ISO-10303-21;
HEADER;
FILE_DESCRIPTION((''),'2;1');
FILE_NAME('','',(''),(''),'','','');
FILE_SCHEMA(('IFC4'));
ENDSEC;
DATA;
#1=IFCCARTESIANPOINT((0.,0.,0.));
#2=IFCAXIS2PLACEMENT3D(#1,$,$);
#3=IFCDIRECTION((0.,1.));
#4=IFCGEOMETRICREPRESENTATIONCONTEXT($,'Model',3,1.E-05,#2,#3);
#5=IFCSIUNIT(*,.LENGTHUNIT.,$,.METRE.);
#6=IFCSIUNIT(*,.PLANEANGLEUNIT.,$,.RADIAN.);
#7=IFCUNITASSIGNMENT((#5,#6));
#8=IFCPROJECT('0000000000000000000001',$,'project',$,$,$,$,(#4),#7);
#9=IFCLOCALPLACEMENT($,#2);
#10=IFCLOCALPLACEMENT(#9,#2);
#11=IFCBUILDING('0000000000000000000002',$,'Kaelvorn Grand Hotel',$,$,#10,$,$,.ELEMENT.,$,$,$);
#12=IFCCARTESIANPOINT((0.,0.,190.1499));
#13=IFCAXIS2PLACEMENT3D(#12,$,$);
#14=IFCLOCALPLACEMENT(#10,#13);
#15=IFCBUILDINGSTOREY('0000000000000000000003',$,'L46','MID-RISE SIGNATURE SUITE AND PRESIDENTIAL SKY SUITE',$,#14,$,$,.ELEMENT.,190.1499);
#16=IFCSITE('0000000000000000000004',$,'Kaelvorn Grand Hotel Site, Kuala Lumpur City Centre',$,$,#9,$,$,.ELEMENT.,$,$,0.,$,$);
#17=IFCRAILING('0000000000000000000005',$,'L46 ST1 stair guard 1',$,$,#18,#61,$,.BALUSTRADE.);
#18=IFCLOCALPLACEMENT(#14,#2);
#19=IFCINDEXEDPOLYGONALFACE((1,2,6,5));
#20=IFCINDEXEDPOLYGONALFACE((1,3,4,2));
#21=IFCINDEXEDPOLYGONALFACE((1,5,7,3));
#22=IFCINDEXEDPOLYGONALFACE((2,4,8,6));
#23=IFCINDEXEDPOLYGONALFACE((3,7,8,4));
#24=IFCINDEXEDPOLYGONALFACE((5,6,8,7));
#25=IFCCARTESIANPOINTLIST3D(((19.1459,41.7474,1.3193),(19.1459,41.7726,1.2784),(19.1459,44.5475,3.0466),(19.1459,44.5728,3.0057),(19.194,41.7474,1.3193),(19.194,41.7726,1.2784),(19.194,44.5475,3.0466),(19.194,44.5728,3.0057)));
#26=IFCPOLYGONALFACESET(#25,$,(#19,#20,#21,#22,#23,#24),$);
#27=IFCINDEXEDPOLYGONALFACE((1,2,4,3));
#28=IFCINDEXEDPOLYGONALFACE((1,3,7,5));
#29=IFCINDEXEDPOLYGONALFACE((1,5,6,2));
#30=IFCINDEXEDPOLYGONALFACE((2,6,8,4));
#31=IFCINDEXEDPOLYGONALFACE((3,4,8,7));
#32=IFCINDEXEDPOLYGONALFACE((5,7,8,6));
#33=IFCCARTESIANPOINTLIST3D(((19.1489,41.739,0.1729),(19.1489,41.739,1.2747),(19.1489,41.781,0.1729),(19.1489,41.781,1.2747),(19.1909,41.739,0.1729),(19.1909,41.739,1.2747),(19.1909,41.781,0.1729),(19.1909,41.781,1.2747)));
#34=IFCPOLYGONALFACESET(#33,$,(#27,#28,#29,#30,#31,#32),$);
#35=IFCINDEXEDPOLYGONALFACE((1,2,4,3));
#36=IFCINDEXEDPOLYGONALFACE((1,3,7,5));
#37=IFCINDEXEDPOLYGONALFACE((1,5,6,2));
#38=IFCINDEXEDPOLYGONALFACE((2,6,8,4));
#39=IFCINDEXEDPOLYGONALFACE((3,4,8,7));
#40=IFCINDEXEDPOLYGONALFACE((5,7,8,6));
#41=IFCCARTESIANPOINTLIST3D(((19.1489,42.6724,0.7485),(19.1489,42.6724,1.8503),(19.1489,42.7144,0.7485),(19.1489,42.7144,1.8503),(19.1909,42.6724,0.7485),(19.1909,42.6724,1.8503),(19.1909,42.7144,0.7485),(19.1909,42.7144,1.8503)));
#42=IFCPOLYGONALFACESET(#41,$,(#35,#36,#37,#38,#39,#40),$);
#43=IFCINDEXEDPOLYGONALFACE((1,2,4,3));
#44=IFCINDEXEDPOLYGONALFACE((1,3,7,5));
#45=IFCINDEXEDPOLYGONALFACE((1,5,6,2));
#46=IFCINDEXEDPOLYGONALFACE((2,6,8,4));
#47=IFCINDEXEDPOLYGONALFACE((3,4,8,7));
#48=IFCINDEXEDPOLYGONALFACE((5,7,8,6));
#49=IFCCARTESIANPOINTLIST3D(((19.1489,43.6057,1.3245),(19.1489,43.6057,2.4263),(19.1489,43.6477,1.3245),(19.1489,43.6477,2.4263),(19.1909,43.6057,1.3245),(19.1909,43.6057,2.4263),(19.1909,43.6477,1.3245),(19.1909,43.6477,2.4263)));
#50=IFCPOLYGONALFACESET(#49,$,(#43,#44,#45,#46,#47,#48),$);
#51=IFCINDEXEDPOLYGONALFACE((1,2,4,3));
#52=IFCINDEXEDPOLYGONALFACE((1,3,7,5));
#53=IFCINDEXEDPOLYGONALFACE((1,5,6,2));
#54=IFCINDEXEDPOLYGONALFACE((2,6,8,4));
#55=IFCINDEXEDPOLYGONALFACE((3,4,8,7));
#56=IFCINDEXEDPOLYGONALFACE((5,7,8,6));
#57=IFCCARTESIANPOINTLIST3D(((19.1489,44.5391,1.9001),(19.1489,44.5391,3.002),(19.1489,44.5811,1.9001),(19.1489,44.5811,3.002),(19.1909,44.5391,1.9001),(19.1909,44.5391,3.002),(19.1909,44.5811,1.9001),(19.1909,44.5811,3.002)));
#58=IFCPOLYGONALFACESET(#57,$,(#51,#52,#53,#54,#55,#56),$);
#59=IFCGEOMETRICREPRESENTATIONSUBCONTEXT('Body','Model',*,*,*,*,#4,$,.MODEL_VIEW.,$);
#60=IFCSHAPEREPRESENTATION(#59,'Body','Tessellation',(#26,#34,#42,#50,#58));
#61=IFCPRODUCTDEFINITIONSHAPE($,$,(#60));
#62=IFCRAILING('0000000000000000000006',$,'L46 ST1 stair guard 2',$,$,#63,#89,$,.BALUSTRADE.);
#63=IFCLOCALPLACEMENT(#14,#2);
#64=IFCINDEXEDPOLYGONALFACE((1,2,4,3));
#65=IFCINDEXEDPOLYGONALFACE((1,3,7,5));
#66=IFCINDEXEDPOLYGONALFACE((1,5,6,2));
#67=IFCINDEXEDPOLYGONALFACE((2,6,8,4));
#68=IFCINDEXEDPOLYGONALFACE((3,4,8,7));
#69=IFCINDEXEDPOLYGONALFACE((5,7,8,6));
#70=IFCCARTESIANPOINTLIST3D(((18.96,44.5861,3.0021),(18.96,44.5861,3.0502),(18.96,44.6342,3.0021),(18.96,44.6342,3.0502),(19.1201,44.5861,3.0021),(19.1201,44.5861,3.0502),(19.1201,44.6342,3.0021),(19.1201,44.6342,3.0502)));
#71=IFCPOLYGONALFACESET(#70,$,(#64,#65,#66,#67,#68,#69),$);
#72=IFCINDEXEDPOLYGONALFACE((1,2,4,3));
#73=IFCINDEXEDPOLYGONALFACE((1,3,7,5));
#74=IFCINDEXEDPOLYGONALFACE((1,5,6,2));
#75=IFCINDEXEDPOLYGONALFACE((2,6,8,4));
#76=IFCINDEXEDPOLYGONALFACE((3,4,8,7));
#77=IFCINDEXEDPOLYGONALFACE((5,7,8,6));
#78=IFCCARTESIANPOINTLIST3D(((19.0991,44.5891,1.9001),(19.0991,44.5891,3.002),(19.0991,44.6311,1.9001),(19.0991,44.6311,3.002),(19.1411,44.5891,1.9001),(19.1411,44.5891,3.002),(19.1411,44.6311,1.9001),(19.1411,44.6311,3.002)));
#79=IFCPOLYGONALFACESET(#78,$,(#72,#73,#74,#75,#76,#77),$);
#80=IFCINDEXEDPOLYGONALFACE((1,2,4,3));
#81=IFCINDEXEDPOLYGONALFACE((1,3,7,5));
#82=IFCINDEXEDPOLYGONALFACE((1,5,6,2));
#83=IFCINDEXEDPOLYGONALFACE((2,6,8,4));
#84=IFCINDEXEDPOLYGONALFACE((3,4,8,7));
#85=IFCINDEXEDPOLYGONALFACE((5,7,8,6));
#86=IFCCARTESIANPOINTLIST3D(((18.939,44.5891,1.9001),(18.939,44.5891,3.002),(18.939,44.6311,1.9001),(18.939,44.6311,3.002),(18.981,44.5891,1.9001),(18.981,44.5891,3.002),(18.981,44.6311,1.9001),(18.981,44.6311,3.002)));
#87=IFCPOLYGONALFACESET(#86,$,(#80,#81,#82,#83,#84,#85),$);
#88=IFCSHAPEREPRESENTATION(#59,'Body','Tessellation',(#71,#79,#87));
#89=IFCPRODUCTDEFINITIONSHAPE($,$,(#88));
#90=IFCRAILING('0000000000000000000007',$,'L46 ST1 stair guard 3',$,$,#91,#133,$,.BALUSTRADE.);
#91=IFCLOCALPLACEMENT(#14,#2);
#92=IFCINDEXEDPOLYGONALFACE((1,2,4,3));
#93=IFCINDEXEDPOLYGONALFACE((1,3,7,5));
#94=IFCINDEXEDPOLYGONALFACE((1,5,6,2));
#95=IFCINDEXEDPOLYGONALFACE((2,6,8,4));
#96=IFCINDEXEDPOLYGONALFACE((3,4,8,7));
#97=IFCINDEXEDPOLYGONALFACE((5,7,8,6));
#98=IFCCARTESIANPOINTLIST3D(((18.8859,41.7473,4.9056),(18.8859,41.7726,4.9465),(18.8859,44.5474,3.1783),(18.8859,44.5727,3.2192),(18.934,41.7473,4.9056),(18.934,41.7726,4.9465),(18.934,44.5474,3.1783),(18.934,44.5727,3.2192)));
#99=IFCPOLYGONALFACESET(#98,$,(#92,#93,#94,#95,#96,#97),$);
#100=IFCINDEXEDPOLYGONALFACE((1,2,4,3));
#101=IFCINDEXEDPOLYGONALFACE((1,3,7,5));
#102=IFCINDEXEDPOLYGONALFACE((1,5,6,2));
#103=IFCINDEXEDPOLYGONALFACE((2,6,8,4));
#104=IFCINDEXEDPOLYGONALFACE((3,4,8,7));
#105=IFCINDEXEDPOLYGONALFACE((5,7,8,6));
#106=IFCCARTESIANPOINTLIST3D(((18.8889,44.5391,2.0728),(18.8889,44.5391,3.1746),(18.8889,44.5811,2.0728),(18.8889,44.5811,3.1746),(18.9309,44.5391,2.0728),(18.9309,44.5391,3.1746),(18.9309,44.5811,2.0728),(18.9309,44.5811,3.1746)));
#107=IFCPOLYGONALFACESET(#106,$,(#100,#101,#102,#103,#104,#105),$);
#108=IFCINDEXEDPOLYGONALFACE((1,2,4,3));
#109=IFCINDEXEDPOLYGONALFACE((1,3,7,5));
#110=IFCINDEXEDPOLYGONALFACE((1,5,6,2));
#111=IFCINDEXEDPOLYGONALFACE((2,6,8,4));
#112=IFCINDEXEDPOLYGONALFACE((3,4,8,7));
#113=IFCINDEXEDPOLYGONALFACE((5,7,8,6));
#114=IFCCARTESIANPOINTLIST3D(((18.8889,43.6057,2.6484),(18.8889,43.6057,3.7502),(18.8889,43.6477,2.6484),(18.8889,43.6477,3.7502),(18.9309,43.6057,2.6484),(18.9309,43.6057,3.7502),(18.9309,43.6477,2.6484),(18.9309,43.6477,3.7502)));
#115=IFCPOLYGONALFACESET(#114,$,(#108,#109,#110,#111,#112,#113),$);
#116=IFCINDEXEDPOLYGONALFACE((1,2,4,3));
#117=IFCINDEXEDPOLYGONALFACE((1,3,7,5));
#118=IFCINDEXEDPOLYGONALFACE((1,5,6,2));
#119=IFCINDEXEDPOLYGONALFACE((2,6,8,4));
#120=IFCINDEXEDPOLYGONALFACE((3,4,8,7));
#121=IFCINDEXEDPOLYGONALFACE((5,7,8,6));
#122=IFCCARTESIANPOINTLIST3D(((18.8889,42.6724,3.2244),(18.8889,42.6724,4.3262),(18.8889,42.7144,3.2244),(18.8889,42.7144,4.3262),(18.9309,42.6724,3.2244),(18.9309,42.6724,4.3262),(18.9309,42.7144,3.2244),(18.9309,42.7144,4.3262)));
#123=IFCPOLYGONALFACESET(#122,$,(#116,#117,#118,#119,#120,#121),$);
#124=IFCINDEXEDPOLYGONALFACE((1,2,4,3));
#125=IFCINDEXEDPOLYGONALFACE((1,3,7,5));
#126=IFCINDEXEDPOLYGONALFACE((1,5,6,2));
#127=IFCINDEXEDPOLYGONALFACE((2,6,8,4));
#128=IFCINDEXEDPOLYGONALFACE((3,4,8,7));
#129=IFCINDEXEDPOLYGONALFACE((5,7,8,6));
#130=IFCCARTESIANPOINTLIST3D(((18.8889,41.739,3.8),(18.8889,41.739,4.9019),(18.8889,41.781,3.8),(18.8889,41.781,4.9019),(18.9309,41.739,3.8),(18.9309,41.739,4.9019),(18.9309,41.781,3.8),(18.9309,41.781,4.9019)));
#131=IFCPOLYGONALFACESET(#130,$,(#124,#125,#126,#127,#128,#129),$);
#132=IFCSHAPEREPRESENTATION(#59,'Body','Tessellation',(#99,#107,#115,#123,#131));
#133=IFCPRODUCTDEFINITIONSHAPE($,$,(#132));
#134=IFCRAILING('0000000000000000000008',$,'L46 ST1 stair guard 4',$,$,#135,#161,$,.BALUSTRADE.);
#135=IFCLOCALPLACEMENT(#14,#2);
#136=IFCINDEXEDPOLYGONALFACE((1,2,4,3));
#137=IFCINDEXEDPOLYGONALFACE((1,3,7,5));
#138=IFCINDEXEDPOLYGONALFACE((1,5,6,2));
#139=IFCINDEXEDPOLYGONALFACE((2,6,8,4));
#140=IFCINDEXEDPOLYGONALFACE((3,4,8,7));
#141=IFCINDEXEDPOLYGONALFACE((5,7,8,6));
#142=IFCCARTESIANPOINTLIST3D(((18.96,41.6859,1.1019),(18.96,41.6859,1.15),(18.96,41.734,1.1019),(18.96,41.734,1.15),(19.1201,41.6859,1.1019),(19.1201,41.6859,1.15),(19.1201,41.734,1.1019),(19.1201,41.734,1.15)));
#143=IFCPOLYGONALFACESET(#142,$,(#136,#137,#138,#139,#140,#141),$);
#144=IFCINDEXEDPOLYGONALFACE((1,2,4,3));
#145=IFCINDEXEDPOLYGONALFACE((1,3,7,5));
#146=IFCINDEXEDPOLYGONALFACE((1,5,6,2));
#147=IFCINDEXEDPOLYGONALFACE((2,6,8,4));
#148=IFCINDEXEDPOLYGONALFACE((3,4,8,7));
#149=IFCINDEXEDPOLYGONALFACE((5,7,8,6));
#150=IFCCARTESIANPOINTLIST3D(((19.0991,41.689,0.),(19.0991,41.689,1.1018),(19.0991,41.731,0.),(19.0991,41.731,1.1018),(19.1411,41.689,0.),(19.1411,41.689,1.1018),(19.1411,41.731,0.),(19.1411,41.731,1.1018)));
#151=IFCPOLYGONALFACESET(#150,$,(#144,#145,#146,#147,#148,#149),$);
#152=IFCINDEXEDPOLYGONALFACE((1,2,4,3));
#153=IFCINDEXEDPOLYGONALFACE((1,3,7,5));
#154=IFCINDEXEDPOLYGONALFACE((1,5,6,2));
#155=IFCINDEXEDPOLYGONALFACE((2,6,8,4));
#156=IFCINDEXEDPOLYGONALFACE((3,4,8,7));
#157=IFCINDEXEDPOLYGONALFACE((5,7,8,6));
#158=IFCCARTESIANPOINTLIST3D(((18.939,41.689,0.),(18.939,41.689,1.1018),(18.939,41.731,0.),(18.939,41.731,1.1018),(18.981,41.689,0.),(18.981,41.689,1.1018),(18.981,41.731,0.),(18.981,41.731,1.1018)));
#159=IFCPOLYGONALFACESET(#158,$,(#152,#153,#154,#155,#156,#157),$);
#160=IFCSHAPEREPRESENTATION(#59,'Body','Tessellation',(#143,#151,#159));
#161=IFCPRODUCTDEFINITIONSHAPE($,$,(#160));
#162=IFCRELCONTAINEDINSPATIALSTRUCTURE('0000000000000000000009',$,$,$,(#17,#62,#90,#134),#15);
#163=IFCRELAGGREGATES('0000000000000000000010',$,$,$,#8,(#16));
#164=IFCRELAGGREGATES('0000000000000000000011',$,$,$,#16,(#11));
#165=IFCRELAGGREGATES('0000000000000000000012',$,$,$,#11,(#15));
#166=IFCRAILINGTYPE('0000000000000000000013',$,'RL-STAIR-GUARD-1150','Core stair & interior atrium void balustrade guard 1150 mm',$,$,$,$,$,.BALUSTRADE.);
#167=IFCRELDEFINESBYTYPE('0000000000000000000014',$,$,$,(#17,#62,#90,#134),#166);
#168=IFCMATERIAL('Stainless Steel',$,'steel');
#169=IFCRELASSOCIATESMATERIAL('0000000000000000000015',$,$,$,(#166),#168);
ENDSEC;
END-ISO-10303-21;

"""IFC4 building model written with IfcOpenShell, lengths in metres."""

from ifc_helpers import new_model, si_unit, direction, frame, origin, origin_2d, place, context, subcontext, project, spatial, rectangle, extrude, material, type_object, element, save


model = new_model("IFC4")

# Units and contexts
model_context = context("Model", 3, precision=1e-05, world=origin(), true_north=direction((0.0, 1.0)))
body_context = subcontext(model_context, "Body", "Model", "MODEL_VIEW")
ifc_project = project(units=[si_unit("LENGTHUNIT", "METRE"), si_unit("PLANEANGLEUNIT", "RADIAN")], contexts=[model_context])

# Site, building, storey
site_placement = place(None, origin())
site = spatial("IfcSite", under=ifc_project, at=site_placement, Name="Kaelvorn Grand Hotel Site, Kuala Lumpur City Centre", CompositionType="ELEMENT", RefElevation=0.0)
building_placement = place(site_placement, origin())
building = spatial("IfcBuilding", under=site, at=building_placement, Name="Kaelvorn Grand Hotel", CompositionType="ELEMENT")
storey_placement = place(building_placement, frame((0.0, 0.0, 190.1499)))
storey = spatial("IfcBuildingStorey", under=building, at=storey_placement, Name="L46", Description="MID-RISE SIGNATURE SUITE AND PRESIDENTIAL SKY SUITE", CompositionType="ELEMENT", Elevation=190.1499)

# Railings
ifc_material_1 = material(Name="Stainless Steel", Category="steel")
railing_type_1 = type_object("IfcRailingType", Name="RL-STAIR-GUARD-1150", Description="Core stair & interior atrium void balustrade guard 1150 mm", PredefinedType="BALUSTRADE", material=ifc_material_1)
railing_1_placement = place(storey_placement, frame((19.1699, 41.76, 0.1729)))
element("IfcRailing", 1, at=railing_1_placement, inside=storey, type_object=railing_type_1, Name="L46 ST1 stair guard 1", PredefinedType="BALUSTRADE", context=body_context, shape_type="SweptSolid", body=[
    extrude(rectangle(XDim=0.0481, YDim=0.0481, at=origin_2d()), frame((0.0, 0.0, 1.126), z_axis=(0.0, 0.85109, 0.52502), x_axis=(-1.0, 0.0, 0.0)), (0.0, 0.0, 1.0), 3.29),
    extrude(rectangle(XDim=0.042, YDim=0.042, at=origin_2d()), origin(), (0.0, 0.0, 1.0), 1.1018),
    extrude(rectangle(XDim=0.042, YDim=0.042, at=origin_2d()), frame((0.0, 0.9333, 0.5757)), (0.0, 0.0, 1.0), 1.1018),
    extrude(rectangle(XDim=0.042, YDim=0.042, at=origin_2d()), frame((0.0, 1.8667, 1.1516)), (0.0, 0.0, 1.0), 1.1018),
    extrude(rectangle(XDim=0.042, YDim=0.042, at=origin_2d()), frame((0.0, 2.8, 1.7273)), (0.0, 0.0, 1.0), 1.1018),
])
railing_2_placement = place(storey_placement, frame((19.1201, 44.6101, 1.9001)))
element("IfcRailing", 2, at=railing_2_placement, inside=storey, type_object=railing_type_1, Name="L46 ST1 stair guard 2", PredefinedType="BALUSTRADE", context=body_context, shape_type="SweptSolid", body=[
    extrude(rectangle(XDim=0.0481, YDim=0.0481, at=origin_2d()), frame((0.0, 0.0, 1.126), z_axis=(-1.0, 0.0, 0.0), x_axis=(0.0, -1.0, 0.0)), (0.0, 0.0, 1.0), 0.1602),
    extrude(rectangle(XDim=0.042, YDim=0.042, at=origin_2d()), origin(), (0.0, 0.0, 1.0), 1.1018),
    extrude(rectangle(XDim=0.042, YDim=0.042, at=origin_2d()), frame((-0.1602, 0.0, 0.0)), (0.0, 0.0, 1.0), 1.1018),
])
railing_3_placement = place(storey_placement, frame((18.9099, 44.5601, 2.0728)))
element("IfcRailing", 3, at=railing_3_placement, inside=storey, type_object=railing_type_1, Name="L46 ST1 stair guard 3", PredefinedType="BALUSTRADE", context=body_context, shape_type="SweptSolid", body=[
    extrude(rectangle(XDim=0.0481, YDim=0.0481, at=origin_2d()), frame((0.0, 0.0, 1.126), z_axis=(0.0, -0.85109, 0.52502), x_axis=(1.0, 0.0, 0.0)), (0.0, 0.0, 1.0), 3.29),
    extrude(rectangle(XDim=0.042, YDim=0.042, at=origin_2d()), origin(), (0.0, 0.0, 1.0), 1.1018),
    extrude(rectangle(XDim=0.042, YDim=0.042, at=origin_2d()), frame((0.0, -0.9333, 0.5757)), (0.0, 0.0, 1.0), 1.1018),
    extrude(rectangle(XDim=0.042, YDim=0.042, at=origin_2d()), frame((0.0, -1.8667, 1.1516)), (0.0, 0.0, 1.0), 1.1018),
    extrude(rectangle(XDim=0.042, YDim=0.042, at=origin_2d()), frame((0.0, -2.8, 1.7273)), (0.0, 0.0, 1.0), 1.1018),
])
railing_4_placement = place(storey_placement, frame((19.1201, 41.71, 0.0)))
element("IfcRailing", 4, at=railing_4_placement, inside=storey, type_object=railing_type_1, Name="L46 ST1 stair guard 4", PredefinedType="BALUSTRADE", context=body_context, shape_type="SweptSolid", body=[
    extrude(rectangle(XDim=0.0481, YDim=0.0481, at=origin_2d()), frame((0.0, 0.0, 1.126), z_axis=(-1.0, 0.0, 0.0), x_axis=(0.0, -1.0, 0.0)), (0.0, 0.0, 1.0), 0.1602),
    extrude(rectangle(XDim=0.042, YDim=0.042, at=origin_2d()), origin(), (0.0, 0.0, 1.0), 1.1018),
    extrude(rectangle(XDim=0.042, YDim=0.042, at=origin_2d()), frame((-0.1602, 0.0, 0.0)), (0.0, 0.0, 1.0), 1.1018),
])

save(model, "model.ifc")
